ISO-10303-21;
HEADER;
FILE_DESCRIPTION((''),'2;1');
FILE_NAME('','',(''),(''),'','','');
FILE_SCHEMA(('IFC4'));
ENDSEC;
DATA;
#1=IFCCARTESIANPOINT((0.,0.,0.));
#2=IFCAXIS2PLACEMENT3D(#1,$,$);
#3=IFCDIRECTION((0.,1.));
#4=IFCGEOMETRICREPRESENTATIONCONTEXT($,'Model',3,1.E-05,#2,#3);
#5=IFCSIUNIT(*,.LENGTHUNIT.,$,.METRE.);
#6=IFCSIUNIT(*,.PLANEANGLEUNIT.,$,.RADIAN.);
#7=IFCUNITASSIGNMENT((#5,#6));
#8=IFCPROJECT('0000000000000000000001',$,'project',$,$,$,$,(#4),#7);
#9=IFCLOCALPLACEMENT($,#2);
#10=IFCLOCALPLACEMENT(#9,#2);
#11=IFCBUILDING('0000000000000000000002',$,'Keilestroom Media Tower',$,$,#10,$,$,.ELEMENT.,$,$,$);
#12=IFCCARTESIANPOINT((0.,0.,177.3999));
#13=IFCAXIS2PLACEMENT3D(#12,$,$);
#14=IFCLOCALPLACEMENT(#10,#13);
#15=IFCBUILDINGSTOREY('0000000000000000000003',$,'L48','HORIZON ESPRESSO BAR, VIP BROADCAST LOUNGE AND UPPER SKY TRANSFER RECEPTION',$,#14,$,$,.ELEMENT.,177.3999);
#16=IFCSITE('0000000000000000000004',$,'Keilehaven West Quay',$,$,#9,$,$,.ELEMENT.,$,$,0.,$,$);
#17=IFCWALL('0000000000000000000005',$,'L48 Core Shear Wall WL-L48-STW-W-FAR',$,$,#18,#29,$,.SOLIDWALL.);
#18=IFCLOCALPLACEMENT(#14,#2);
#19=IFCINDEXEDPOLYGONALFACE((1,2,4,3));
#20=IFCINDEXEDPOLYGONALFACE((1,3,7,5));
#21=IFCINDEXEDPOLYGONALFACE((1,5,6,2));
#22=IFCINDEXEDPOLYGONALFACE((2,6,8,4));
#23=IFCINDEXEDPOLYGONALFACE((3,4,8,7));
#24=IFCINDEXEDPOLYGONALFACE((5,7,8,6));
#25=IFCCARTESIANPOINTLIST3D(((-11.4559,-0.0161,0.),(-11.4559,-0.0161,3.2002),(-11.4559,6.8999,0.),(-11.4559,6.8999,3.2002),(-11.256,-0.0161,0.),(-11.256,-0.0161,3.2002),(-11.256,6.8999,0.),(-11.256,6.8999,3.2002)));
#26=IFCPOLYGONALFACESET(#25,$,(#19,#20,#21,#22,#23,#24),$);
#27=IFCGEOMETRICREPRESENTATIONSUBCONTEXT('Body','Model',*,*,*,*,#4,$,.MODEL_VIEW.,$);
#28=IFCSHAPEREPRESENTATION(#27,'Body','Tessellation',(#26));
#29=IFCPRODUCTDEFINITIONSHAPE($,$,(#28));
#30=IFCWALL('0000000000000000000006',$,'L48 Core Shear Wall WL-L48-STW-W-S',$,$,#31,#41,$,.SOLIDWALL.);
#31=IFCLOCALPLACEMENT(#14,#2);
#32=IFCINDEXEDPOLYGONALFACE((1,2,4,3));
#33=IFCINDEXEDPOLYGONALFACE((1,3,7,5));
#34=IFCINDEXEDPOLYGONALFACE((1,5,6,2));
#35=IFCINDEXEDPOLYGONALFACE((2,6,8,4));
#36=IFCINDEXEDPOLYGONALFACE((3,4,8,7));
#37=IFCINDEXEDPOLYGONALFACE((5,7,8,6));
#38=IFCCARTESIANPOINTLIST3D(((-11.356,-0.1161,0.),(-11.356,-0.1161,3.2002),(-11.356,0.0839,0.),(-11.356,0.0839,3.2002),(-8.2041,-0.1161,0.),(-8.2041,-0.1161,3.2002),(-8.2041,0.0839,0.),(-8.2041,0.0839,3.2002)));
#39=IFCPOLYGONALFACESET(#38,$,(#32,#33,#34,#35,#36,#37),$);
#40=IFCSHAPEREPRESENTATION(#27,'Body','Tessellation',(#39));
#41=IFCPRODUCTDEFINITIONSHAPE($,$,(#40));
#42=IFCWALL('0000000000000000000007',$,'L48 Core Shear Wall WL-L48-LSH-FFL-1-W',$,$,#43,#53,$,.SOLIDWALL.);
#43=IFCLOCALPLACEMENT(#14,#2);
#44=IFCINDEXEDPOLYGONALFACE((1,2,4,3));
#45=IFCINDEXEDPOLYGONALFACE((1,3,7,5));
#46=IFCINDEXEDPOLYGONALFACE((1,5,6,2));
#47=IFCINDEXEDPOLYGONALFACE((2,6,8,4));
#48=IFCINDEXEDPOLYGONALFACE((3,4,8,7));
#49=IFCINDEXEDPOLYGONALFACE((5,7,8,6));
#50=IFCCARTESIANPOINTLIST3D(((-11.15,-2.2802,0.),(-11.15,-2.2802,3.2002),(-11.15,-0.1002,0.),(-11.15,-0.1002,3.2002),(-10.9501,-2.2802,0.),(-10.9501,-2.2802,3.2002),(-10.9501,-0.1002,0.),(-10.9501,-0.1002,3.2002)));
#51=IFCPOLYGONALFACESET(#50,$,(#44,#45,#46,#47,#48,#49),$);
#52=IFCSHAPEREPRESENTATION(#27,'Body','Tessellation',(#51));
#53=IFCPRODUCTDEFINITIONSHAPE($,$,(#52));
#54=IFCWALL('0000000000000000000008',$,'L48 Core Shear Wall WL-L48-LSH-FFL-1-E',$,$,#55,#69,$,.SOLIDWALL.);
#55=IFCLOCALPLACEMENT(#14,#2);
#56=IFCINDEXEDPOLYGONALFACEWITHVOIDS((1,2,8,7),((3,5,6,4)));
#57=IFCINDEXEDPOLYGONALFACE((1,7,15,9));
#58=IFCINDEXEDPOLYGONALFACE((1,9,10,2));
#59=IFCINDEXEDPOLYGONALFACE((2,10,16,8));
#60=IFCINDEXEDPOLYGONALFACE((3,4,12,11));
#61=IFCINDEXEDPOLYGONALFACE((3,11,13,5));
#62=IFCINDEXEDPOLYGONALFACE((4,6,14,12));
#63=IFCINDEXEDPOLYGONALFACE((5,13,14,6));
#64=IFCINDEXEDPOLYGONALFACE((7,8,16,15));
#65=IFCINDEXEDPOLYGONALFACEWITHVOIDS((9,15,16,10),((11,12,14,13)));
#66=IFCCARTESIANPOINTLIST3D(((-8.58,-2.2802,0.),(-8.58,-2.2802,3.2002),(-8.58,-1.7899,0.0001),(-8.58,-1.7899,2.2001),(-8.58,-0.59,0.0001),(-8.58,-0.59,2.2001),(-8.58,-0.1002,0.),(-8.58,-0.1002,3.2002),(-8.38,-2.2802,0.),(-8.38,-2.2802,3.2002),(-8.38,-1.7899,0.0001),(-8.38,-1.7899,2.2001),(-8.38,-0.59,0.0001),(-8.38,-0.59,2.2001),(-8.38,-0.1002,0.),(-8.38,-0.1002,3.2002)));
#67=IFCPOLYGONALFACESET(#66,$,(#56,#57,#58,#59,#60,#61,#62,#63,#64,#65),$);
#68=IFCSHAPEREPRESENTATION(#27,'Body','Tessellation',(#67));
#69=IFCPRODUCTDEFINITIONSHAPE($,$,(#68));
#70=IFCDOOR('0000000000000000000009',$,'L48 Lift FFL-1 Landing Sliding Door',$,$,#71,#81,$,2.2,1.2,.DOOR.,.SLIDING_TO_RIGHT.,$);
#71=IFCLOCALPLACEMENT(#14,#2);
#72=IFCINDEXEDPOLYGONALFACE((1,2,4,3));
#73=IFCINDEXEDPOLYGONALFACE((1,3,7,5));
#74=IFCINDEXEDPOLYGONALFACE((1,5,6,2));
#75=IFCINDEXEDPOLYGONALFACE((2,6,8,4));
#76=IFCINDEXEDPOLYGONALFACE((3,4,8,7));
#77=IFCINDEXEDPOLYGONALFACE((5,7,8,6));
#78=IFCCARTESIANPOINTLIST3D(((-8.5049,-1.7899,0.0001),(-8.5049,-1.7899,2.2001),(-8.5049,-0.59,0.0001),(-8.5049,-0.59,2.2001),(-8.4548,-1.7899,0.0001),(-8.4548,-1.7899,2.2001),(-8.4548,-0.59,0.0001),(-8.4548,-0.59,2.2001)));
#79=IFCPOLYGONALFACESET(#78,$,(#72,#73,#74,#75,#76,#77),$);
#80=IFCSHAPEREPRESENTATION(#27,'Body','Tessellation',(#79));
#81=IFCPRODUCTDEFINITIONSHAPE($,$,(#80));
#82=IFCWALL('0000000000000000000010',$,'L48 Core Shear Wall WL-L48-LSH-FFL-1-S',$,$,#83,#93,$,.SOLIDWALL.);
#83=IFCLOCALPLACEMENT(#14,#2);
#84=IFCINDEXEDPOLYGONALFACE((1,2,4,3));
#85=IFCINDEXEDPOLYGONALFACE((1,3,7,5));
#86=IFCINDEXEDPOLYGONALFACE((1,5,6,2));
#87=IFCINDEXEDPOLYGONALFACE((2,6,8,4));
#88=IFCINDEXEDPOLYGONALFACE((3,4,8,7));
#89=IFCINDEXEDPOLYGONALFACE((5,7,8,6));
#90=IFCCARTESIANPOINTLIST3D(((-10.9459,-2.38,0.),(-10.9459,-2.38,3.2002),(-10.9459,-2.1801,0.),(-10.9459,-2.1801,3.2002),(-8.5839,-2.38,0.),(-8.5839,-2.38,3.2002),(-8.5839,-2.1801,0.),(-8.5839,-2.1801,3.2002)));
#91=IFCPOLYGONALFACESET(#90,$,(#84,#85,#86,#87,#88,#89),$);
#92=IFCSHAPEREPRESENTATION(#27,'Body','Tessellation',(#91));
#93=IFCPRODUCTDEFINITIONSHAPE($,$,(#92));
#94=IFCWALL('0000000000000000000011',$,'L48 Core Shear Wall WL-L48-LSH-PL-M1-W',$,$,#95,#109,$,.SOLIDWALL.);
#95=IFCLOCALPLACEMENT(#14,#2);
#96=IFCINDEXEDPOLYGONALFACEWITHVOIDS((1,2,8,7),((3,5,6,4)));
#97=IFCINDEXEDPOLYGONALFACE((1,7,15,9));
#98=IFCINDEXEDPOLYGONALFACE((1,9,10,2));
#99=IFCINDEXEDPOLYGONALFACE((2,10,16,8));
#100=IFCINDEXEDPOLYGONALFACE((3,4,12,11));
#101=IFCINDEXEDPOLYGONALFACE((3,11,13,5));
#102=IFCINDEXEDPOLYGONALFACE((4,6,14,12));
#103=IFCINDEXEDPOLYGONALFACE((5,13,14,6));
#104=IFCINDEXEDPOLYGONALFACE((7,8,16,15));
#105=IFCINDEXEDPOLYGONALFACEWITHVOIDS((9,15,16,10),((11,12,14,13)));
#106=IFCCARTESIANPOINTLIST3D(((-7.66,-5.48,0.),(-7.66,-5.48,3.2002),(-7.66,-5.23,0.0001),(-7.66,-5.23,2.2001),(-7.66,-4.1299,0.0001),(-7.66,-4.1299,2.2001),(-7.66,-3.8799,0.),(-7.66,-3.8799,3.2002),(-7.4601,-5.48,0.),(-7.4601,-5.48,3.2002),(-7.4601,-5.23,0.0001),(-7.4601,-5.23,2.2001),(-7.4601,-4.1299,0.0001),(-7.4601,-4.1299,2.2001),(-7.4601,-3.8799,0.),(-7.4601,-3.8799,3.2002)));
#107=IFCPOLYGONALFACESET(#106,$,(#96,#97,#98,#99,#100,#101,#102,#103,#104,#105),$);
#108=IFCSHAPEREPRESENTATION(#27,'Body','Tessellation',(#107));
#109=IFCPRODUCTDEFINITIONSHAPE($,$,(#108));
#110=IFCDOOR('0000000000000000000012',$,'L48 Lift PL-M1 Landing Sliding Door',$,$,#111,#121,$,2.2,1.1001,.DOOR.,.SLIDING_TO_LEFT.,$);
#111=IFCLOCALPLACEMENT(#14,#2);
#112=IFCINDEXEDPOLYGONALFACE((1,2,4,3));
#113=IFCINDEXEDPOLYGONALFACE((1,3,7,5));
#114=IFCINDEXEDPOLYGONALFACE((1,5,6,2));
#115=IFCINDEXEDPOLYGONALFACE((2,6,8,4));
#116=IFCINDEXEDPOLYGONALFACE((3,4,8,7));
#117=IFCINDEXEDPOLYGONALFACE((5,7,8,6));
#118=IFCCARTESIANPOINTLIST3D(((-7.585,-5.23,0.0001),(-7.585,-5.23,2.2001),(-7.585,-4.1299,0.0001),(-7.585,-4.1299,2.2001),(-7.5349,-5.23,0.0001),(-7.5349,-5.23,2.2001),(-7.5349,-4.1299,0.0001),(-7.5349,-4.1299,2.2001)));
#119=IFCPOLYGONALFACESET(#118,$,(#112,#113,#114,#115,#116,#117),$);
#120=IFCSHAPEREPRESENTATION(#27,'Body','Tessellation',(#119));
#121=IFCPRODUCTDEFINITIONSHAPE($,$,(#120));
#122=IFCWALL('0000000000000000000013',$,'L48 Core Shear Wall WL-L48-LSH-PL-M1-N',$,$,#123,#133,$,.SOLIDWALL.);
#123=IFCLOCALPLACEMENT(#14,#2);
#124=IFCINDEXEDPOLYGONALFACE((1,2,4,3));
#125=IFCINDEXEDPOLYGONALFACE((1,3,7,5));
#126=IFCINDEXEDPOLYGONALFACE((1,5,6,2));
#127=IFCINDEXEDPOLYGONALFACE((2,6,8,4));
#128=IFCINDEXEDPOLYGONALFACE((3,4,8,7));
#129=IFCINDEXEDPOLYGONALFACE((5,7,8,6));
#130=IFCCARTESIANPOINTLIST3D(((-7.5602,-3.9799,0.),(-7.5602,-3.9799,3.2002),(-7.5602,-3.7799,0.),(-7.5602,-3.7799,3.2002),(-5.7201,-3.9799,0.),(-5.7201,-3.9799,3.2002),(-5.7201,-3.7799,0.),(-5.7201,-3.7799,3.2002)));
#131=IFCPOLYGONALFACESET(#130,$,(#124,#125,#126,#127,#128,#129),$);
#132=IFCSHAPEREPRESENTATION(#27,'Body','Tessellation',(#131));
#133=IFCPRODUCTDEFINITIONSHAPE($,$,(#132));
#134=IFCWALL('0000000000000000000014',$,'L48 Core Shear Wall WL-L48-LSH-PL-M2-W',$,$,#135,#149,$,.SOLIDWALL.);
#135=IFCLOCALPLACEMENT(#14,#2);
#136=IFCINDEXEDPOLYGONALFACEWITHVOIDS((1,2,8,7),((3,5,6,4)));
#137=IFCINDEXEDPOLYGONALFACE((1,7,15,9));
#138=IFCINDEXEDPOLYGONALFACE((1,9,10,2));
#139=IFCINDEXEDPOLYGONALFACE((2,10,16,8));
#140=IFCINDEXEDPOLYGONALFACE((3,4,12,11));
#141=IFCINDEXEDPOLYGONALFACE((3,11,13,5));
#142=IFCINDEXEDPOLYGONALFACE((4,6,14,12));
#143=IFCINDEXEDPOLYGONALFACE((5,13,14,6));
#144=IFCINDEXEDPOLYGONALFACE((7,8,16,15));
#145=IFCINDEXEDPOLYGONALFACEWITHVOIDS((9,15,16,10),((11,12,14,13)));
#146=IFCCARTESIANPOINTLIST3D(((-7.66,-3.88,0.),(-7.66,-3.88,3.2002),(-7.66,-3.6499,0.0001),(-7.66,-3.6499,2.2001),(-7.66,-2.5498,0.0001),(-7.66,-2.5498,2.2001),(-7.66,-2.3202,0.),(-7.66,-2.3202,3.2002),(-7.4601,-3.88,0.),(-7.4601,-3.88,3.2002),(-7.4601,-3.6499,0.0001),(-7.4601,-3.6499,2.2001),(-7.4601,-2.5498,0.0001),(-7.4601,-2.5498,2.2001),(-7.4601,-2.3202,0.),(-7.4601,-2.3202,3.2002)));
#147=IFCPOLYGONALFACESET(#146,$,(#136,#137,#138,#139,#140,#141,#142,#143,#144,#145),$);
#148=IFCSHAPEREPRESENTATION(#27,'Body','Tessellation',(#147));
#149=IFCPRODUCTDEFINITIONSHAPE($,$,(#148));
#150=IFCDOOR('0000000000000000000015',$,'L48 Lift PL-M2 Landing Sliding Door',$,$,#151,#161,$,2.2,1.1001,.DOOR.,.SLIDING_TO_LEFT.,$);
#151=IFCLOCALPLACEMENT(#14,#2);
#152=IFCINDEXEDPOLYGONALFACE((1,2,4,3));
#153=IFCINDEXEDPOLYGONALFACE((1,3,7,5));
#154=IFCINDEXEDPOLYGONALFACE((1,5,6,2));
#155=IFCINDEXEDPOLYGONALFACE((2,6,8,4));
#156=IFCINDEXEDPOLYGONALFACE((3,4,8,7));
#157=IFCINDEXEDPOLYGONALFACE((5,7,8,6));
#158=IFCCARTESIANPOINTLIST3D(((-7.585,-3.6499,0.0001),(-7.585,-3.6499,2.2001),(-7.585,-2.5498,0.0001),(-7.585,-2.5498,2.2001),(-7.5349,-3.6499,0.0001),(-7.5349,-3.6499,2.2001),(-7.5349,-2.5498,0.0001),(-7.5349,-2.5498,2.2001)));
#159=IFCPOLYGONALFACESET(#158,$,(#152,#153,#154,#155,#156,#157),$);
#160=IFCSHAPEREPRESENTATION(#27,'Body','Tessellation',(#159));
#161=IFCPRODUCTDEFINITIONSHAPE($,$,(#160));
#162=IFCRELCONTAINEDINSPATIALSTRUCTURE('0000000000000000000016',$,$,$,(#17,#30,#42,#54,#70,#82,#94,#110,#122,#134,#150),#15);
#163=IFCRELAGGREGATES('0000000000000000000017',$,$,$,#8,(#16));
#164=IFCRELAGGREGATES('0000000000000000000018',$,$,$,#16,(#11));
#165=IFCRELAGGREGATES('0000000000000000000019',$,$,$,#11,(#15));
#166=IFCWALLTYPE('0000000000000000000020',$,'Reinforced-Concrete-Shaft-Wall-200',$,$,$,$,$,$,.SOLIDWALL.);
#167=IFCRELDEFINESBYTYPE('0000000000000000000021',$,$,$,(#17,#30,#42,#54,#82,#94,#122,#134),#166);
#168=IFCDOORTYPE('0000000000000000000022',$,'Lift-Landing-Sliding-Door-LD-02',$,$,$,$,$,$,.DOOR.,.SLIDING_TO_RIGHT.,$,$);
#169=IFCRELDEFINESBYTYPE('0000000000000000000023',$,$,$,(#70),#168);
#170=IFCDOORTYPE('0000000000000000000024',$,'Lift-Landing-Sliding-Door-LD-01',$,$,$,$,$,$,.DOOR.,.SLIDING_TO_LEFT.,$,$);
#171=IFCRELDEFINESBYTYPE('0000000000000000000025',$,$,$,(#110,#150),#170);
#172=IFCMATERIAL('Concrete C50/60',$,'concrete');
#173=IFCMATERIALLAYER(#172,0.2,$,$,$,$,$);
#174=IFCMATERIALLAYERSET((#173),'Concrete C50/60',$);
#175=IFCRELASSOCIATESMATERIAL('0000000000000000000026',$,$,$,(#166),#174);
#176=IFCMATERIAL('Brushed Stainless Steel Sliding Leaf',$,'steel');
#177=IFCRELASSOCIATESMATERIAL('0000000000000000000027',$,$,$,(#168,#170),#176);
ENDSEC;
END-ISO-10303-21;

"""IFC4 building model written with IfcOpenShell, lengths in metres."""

from ifc_helpers import new_model, si_unit, direction, frame, frame_2d, origin, place, context, subcontext, project, spatial, rectangle, extrude, source, transform, mapped, material, layer, layer_set, type_object, element, fill, save


model = new_model("IFC4")

# Units and contexts
model_context = context("Model", 3, precision=1e-05, world=origin(), true_north=direction((0.0, 1.0)))
body_context = subcontext(model_context, "Body", "Model", "MODEL_VIEW")
ifc_project = project(units=[si_unit("LENGTHUNIT", "METRE"), si_unit("PLANEANGLEUNIT", "RADIAN")], contexts=[model_context])

# Site, building, storey
site_placement = place(None, origin())
site = spatial("IfcSite", under=ifc_project, at=site_placement, Name="Keilehaven West Quay", CompositionType="ELEMENT", RefElevation=0.0)
building_placement = place(site_placement, origin())
building = spatial("IfcBuilding", under=site, at=building_placement, Name="Keilestroom Media Tower", CompositionType="ELEMENT")
storey_placement = place(building_placement, frame((0.0, 0.0, 177.3999)))
storey = spatial("IfcBuildingStorey", under=building, at=storey_placement, Name="L48", Description="HORIZON ESPRESSO BAR, VIP BROADCAST LOUNGE AND UPPER SKY TRANSFER RECEPTION", CompositionType="ELEMENT", Elevation=177.3999)

# Shared definitions
shared_shape_1 = source(origin(), body_context, "Body", "SweptSolid", [
    extrude(rectangle(XDim=1.2, YDim=2.2, at=frame_2d((0.6001, 1.1001))), frame((0.0, 0.0249, 0.0), z_axis=(0.0, -1.0, 0.0), x_axis=(1.0, 0.0, 0.0)), (0.0, 0.0, 1.0), 0.05),
])

# Shared definitions
ifc_material_1 = material(Name="Concrete C50/60", Category="concrete")
ifc_layer_1 = layer(ifc_material_1, 0.2)
ifc_layer_set_1 = layer_set([ifc_layer_1], Name="Concrete C50/60")
wall_type_1 = type_object("IfcWallType", Name="Reinforced-Concrete-Shaft-Wall-200", PredefinedType="SOLIDWALL", material=ifc_layer_set_1)

# Walls
wall_1_placement = place(storey_placement, frame((-11.356, -0.0161, 0.0), z_axis=(0.0, 0.0, 1.0), x_axis=(0.0, 1.0, 0.0)))
element("IfcWall", 1, at=wall_1_placement, inside=storey, type_object=wall_type_1, Name="L48 Core Shear Wall WL-L48-STW-W-FAR", PredefinedType="SOLIDWALL", context=body_context, shape_type="SweptSolid", body=[
    extrude(rectangle(XDim=6.916, YDim=0.2, at=frame_2d((3.458, 0.0))), origin(), (0.0, 0.0, 1.0), 3.2002),
])
wall_2_placement = place(storey_placement, frame((-11.356, -0.0161, 0.0), z_axis=(0.0, 0.0, 1.0), x_axis=(1.0, 0.0, 0.0)))
element("IfcWall", 2, at=wall_2_placement, inside=storey, type_object=wall_type_1, Name="L48 Core Shear Wall WL-L48-STW-W-S", PredefinedType="SOLIDWALL", context=body_context, shape_type="SweptSolid", body=[
    extrude(rectangle(XDim=3.1519, YDim=0.2, at=frame_2d((1.5759, 0.0))), origin(), (0.0, 0.0, 1.0), 3.2002),
])
wall_3_placement = place(storey_placement, frame((-11.05, -2.28, 0.0), z_axis=(0.0, 0.0, 1.0), x_axis=(0.0, 1.0, 0.0)))
element("IfcWall", 3, at=wall_3_placement, inside=storey, type_object=wall_type_1, Name="L48 Core Shear Wall WL-L48-LSH-FFL-1-W", PredefinedType="SOLIDWALL", context=body_context, shape_type="SweptSolid", body=[
    extrude(rectangle(XDim=2.1799, YDim=0.2, at=frame_2d((1.0898, 0.0))), origin(), (0.0, 0.0, 1.0), 3.2002),
])

# Wall, opening, door
wall_4_placement = place(storey_placement, frame((-8.48, -2.28, 0.0), z_axis=(0.0, 0.0, 1.0), x_axis=(0.0, 1.0, 0.0)))
wall_4 = element("IfcWall", 4, at=wall_4_placement, inside=storey, type_object=wall_type_1, Name="L48 Core Shear Wall WL-L48-LSH-FFL-1-E", PredefinedType="SOLIDWALL", context=body_context, shape_type="SweptSolid", body=[
    extrude(rectangle(XDim=2.1799, YDim=0.2, at=frame_2d((1.0898, 0.0))), origin(), (0.0, 0.0, 1.0), 3.2002),
])
opening_1_placement = place(wall_4_placement, frame((0.49, 0.0, 0.0)))
opening_1 = element("IfcOpeningElement", 5, at=opening_1_placement, cuts=wall_4, PredefinedType="OPENING", context=body_context, shape_type="SweptSolid", body=[
    extrude(rectangle(XDim=1.2, YDim=2.2, at=frame_2d((0.6001, 1.1001))), frame((0.0, 0.1099, 0.0), z_axis=(0.0, -1.0, 0.0), x_axis=(1.0, 0.0, 0.0)), (0.0, 0.0, 1.0), 0.22),
])
ifc_material_2 = material(Name="Brushed Stainless Steel Sliding Leaf", Category="steel")
door_type_1 = type_object("IfcDoorType", Name="Lift-Landing-Sliding-Door-LD-02", OperationType="SLIDING_TO_RIGHT", PredefinedType="DOOR", material=ifc_material_2)
door_1_placement = place(opening_1_placement, origin())
door_1 = element("IfcDoor", 6, at=door_1_placement, inside=storey, type_object=door_type_1, Name="L48 Lift FFL-1 Landing Sliding Door", OperationType="SLIDING_TO_RIGHT", OverallHeight=2.2, OverallWidth=1.2, PredefinedType="DOOR", context=body_context, shape_type="MappedRepresentation", body=[
    mapped(shared_shape_1, transform((0.0, 0.0, 0.0), x_axis=(1.0, 0.0, 0.0), y_axis=(0.0, 1.0, 0.0), z_axis=(0.0, 0.0, 1.0), scale=1.0)),
])
fill(opening_1, door_1)

# Wall
wall_5_placement = place(storey_placement, frame((-10.946, -2.28, 0.0), z_axis=(0.0, 0.0, 1.0), x_axis=(1.0, 0.0, 0.0)))
element("IfcWall", 7, at=wall_5_placement, inside=storey, type_object=wall_type_1, Name="L48 Core Shear Wall WL-L48-LSH-FFL-1-S", PredefinedType="SOLIDWALL", context=body_context, shape_type="SweptSolid", body=[
    extrude(rectangle(XDim=2.3621, YDim=0.2, at=frame_2d((1.1812, 0.0))), origin(), (0.0, 0.0, 1.0), 3.2002),
])

# Wall, opening, door
wall_6_placement = place(storey_placement, frame((-7.5601, -5.48, 0.0), z_axis=(0.0, 0.0, 1.0), x_axis=(0.0, 1.0, 0.0)))
wall_6 = element("IfcWall", 8, at=wall_6_placement, inside=storey, type_object=wall_type_1, Name="L48 Core Shear Wall WL-L48-LSH-PL-M1-W", PredefinedType="SOLIDWALL", context=body_context, shape_type="SweptSolid", body=[
    extrude(rectangle(XDim=1.6001, YDim=0.2, at=frame_2d((0.8, 0.0))), origin(), (0.0, 0.0, 1.0), 3.2002),
])
opening_2_placement = place(wall_6_placement, frame((0.25, 0.0, 0.0)))
opening_2 = element("IfcOpeningElement", 9, at=opening_2_placement, cuts=wall_6, PredefinedType="OPENING", context=body_context, shape_type="SweptSolid", body=[
    extrude(rectangle(XDim=1.1001, YDim=2.2, at=frame_2d((0.55, 1.1001))), frame((0.0, 0.1099, 0.0), z_axis=(0.0, -1.0, 0.0), x_axis=(1.0, 0.0, 0.0)), (0.0, 0.0, 1.0), 0.22),
])
door_type_2 = type_object("IfcDoorType", Name="Lift-Landing-Sliding-Door-LD-01", OperationType="SLIDING_TO_LEFT", PredefinedType="DOOR", material=ifc_material_2)
shared_shape_2 = source(origin(), body_context, "Body", "SweptSolid", [
    extrude(rectangle(XDim=1.1001, YDim=2.2, at=frame_2d((0.55, 1.1001))), frame((0.0, 0.0249, 0.0), z_axis=(0.0, -1.0, 0.0), x_axis=(1.0, 0.0, 0.0)), (0.0, 0.0, 1.0), 0.05),
])
door_2_placement = place(opening_2_placement, origin())
door_2 = element("IfcDoor", 10, at=door_2_placement, inside=storey, type_object=door_type_2, Name="L48 Lift PL-M1 Landing Sliding Door", OperationType="SLIDING_TO_LEFT", OverallHeight=2.2, OverallWidth=1.1001, PredefinedType="DOOR", context=body_context, shape_type="MappedRepresentation", body=[
    mapped(shared_shape_2, transform((0.0, 0.0, 0.0), x_axis=(1.0, 0.0, 0.0), y_axis=(0.0, 1.0, 0.0), z_axis=(0.0, 0.0, 1.0), scale=1.0)),
])
fill(opening_2, door_2)

# Wall
wall_7_placement = place(storey_placement, frame((-7.5601, -3.8799, 0.0), z_axis=(0.0, 0.0, 1.0), x_axis=(1.0, 0.0, 0.0)))
element("IfcWall", 11, at=wall_7_placement, inside=storey, type_object=wall_type_1, Name="L48 Core Shear Wall WL-L48-LSH-PL-M1-N", PredefinedType="SOLIDWALL", context=body_context, shape_type="SweptSolid", body=[
    extrude(rectangle(XDim=1.8401, YDim=0.2, at=frame_2d((0.9199, 0.0))), origin(), (0.0, 0.0, 1.0), 3.2002),
])

# Wall, opening, door
wall_8_placement = place(storey_placement, frame((-7.5601, -3.8799, 0.0), z_axis=(0.0, 0.0, 1.0), x_axis=(0.0, 1.0, 0.0)))
wall_8 = element("IfcWall", 12, at=wall_8_placement, inside=storey, type_object=wall_type_1, Name="L48 Core Shear Wall WL-L48-LSH-PL-M2-W", PredefinedType="SOLIDWALL", context=body_context, shape_type="SweptSolid", body=[
    extrude(rectangle(XDim=1.5598, YDim=0.2, at=frame_2d((0.7798, 0.0))), origin(), (0.0, 0.0, 1.0), 3.2002),
])
opening_3_placement = place(wall_8_placement, frame((0.23, 0.0, 0.0)))
opening_3 = element("IfcOpeningElement", 13, at=opening_3_placement, cuts=wall_8, PredefinedType="OPENING", context=body_context, shape_type="SweptSolid", body=[
    extrude(rectangle(XDim=1.1001, YDim=2.2, at=frame_2d((0.55, 1.1001))), frame((0.0, 0.1099, 0.0), z_axis=(0.0, -1.0, 0.0), x_axis=(1.0, 0.0, 0.0)), (0.0, 0.0, 1.0), 0.22),
])
door_3_placement = place(opening_3_placement, origin())
door_3 = element("IfcDoor", 14, at=door_3_placement, inside=storey, type_object=door_type_2, Name="L48 Lift PL-M2 Landing Sliding Door", OperationType="SLIDING_TO_LEFT", OverallHeight=2.2, OverallWidth=1.1001, PredefinedType="DOOR", context=body_context, shape_type="MappedRepresentation", body=[
    mapped(shared_shape_2, transform((0.0, 0.0, 0.0), x_axis=(1.0, 0.0, 0.0), y_axis=(0.0, 1.0, 0.0), z_axis=(0.0, 0.0, 1.0), scale=1.0)),
])
fill(opening_3, door_3)

save(model, "model.ifc")
